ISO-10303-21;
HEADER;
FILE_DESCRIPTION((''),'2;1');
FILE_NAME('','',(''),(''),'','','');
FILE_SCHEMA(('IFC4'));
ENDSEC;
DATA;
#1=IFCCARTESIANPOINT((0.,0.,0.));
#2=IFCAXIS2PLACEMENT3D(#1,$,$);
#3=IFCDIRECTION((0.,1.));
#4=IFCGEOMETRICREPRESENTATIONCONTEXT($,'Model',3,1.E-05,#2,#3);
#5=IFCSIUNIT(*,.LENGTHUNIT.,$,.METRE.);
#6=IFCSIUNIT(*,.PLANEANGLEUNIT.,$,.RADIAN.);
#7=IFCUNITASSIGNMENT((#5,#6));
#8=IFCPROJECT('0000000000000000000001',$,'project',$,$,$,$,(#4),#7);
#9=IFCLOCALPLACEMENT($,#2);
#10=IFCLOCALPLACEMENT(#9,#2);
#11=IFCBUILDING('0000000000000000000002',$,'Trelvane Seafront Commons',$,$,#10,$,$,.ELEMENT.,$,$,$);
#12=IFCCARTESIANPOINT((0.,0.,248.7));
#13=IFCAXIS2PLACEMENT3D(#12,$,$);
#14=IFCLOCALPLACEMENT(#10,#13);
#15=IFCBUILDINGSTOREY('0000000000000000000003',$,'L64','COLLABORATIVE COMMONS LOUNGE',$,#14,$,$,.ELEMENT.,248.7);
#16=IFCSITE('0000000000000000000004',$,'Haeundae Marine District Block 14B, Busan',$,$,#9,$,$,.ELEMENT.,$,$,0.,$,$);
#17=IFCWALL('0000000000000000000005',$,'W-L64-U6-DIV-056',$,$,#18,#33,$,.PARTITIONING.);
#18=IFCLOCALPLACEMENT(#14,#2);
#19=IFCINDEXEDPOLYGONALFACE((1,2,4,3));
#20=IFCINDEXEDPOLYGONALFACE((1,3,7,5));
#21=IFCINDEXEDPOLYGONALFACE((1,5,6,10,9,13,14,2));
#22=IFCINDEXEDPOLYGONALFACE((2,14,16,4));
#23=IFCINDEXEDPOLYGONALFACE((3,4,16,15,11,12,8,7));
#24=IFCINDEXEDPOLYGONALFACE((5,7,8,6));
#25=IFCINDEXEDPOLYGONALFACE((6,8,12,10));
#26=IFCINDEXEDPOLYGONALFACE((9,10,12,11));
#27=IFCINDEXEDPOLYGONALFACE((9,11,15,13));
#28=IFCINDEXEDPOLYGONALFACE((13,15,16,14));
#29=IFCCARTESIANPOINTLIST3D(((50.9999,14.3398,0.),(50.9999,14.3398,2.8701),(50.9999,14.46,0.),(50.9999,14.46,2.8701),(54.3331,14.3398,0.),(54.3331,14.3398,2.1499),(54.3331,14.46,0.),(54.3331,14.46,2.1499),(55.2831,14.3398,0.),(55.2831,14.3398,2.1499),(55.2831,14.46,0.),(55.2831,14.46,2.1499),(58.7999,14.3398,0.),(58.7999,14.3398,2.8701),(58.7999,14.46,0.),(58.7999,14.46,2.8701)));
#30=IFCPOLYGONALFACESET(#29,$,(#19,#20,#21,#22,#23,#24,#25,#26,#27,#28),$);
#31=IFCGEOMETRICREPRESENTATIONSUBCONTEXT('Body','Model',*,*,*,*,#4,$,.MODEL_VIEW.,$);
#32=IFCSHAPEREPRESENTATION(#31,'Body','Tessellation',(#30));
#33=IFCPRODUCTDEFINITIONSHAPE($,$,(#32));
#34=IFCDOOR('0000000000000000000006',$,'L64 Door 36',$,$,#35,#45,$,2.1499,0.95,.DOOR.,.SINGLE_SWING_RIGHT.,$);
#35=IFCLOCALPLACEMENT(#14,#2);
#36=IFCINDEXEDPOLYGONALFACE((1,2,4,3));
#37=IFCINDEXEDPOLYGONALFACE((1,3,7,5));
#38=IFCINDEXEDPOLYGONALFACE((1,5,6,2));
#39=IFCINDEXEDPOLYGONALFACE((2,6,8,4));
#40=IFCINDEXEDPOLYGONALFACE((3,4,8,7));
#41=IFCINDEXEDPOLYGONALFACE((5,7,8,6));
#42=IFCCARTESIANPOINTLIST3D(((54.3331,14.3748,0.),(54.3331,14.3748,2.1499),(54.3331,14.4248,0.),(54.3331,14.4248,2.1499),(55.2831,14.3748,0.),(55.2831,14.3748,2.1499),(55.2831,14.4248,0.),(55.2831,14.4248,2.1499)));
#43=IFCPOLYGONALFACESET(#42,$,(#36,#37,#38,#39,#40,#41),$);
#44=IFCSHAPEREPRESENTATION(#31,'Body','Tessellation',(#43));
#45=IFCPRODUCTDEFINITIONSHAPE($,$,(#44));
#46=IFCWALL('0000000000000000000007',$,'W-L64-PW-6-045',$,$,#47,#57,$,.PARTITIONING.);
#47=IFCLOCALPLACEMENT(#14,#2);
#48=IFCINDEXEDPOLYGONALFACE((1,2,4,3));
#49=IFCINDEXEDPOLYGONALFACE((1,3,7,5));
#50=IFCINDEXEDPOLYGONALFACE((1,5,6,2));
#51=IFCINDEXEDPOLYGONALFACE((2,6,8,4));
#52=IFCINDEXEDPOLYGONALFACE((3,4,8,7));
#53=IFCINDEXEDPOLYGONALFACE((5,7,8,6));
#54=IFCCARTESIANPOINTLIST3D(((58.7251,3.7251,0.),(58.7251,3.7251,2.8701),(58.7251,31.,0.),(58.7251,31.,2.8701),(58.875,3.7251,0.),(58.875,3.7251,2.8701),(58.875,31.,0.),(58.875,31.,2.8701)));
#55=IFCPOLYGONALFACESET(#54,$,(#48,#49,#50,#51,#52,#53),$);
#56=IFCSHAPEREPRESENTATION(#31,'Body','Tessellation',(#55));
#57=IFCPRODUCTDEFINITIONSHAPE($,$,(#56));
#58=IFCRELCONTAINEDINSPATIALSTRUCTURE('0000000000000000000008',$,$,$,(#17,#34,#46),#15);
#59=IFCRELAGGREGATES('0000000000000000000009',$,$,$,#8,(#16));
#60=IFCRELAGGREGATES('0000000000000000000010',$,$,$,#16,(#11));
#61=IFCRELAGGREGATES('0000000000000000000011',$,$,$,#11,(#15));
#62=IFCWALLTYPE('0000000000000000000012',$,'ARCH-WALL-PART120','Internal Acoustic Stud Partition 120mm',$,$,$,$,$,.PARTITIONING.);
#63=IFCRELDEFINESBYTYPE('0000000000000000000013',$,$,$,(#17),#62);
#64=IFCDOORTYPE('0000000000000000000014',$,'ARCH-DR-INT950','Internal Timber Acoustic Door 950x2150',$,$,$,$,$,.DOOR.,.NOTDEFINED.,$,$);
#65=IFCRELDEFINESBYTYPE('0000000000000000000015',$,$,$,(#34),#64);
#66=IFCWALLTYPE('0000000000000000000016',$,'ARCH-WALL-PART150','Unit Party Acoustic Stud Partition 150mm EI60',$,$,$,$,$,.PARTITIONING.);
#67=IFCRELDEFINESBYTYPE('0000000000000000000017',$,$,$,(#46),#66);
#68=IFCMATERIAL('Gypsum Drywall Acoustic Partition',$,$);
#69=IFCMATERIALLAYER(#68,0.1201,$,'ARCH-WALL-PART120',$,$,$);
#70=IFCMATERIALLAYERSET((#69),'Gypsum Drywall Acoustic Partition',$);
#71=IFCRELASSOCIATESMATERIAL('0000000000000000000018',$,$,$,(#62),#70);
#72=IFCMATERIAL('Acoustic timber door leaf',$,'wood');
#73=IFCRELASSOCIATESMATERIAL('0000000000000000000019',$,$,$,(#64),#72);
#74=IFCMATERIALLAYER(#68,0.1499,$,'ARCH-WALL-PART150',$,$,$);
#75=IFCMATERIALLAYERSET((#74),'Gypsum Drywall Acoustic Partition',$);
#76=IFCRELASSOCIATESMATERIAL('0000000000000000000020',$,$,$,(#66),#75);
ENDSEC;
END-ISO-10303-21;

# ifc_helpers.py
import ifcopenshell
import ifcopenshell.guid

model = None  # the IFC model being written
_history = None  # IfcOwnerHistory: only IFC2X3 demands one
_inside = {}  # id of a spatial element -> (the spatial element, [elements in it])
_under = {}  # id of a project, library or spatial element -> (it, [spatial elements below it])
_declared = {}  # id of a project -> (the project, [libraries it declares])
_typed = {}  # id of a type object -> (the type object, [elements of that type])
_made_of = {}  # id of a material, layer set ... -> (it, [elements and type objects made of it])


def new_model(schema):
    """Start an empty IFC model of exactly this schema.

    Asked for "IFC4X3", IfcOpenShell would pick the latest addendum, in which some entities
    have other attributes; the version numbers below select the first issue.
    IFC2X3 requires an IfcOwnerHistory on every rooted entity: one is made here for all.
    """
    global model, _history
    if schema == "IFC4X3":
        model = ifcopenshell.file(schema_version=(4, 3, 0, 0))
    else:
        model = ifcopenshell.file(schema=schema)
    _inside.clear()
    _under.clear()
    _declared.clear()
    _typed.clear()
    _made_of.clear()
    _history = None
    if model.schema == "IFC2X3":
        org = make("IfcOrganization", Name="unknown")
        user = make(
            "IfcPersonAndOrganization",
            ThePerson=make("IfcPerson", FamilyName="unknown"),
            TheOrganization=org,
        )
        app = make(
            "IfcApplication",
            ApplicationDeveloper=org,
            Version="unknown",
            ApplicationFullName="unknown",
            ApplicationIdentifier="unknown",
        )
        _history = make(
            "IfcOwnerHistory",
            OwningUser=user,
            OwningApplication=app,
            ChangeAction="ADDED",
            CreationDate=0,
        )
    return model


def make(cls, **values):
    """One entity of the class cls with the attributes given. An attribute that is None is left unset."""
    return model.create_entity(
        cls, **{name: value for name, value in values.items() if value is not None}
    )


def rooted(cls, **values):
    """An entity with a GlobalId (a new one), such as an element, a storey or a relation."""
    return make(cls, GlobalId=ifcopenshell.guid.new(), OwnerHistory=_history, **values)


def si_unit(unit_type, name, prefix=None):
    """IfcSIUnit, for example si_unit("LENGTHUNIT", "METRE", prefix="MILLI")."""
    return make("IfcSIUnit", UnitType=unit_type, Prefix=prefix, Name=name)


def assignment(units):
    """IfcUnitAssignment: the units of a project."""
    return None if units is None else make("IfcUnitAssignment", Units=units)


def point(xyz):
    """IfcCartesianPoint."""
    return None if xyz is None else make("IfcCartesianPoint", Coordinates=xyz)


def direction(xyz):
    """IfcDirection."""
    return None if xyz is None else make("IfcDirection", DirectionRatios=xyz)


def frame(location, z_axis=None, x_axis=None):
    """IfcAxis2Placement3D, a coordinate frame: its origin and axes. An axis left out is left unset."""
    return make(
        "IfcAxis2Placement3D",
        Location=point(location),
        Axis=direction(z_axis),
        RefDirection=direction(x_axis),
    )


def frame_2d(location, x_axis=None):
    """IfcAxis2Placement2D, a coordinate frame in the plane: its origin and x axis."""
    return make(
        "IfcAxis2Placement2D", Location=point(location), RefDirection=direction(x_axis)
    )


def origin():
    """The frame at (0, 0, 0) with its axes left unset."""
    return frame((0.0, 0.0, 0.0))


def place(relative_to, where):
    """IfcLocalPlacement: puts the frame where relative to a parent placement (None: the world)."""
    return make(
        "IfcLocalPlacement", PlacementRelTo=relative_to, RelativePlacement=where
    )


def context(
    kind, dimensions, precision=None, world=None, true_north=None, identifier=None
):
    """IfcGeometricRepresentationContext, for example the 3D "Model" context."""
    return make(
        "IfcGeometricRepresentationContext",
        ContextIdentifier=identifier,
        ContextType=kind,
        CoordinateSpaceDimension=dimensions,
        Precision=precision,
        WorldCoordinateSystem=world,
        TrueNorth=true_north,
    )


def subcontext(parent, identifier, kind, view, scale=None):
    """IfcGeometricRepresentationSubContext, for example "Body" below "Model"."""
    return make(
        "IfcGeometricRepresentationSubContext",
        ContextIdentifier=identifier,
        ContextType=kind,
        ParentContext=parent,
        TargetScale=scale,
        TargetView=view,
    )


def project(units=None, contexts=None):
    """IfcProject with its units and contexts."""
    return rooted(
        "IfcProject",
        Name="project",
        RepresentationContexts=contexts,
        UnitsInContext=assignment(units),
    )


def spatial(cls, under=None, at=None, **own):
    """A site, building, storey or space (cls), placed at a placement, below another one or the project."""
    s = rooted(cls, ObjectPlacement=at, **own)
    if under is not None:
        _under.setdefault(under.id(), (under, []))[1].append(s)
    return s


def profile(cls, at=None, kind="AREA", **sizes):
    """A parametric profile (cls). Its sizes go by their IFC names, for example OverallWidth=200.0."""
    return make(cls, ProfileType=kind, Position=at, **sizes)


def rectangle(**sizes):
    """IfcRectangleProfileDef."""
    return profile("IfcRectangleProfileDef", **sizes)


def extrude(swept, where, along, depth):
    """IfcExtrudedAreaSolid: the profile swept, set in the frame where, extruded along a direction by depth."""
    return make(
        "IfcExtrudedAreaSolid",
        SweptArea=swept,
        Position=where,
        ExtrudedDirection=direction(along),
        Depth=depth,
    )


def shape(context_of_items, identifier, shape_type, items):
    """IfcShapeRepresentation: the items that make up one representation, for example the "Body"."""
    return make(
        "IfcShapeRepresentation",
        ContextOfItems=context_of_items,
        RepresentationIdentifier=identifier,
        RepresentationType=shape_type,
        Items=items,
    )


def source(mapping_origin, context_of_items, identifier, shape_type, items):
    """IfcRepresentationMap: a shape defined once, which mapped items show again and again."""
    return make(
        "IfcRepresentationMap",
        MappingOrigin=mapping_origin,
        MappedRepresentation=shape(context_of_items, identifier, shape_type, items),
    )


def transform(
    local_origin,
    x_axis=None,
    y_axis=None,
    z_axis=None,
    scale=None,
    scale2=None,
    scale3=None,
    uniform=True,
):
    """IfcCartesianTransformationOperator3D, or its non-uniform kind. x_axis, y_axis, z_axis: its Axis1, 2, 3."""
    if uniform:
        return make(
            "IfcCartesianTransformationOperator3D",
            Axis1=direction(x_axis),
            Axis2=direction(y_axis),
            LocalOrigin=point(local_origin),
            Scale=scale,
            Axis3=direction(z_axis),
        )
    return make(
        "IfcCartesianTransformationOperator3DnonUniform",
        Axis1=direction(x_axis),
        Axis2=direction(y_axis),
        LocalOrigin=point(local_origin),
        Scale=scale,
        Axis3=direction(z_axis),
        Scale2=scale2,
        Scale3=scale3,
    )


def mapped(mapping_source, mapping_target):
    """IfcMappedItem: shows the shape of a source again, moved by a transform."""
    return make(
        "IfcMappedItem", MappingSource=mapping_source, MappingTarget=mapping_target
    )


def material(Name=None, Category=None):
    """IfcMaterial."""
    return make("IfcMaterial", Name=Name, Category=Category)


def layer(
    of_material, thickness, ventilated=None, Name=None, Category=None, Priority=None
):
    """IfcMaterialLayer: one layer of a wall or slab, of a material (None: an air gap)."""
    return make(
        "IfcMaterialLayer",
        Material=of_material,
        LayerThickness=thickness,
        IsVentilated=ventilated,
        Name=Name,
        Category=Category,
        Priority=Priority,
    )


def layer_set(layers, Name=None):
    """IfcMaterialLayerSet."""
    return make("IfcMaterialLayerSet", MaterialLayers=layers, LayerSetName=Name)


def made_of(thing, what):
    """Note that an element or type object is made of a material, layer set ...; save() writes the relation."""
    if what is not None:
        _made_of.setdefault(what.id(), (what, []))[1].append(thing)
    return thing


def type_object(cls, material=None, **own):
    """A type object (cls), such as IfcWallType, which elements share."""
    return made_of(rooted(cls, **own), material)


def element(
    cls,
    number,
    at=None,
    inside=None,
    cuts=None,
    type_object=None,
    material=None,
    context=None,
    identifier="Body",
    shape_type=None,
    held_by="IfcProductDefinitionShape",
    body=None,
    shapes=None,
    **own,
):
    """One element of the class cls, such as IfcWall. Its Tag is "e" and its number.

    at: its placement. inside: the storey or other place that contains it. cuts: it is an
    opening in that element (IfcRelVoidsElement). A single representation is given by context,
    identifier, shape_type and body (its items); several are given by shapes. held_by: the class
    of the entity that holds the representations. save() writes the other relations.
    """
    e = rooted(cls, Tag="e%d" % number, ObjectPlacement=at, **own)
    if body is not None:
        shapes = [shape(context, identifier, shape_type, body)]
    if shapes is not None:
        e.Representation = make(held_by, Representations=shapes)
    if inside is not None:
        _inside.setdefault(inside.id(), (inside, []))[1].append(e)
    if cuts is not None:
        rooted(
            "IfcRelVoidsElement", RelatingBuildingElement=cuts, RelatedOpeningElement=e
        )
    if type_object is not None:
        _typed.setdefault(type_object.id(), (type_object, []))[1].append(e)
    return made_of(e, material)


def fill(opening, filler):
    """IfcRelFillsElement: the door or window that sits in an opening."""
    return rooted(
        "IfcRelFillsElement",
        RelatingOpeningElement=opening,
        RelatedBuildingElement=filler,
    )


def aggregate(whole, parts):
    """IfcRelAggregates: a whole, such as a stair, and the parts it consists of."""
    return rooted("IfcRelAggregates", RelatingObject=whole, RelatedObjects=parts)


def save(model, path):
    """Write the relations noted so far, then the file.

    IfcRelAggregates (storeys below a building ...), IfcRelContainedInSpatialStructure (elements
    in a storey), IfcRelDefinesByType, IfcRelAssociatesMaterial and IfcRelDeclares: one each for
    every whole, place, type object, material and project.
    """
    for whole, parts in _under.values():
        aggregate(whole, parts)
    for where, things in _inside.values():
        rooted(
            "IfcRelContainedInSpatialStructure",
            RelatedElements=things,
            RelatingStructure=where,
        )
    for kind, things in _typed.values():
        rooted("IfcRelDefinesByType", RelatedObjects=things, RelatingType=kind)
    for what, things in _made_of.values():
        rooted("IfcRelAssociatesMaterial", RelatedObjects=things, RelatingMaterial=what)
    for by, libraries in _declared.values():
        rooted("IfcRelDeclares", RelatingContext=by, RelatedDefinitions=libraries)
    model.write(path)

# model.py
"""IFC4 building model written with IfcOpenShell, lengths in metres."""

from ifc_helpers import new_model, si_unit, direction, frame, frame_2d, origin, place, context, subcontext, project, spatial, rectangle, extrude, source, transform, mapped, material, layer, layer_set, type_object, element, fill, save


model = new_model("IFC4")

# Units and contexts
model_context = context("Model", 3, precision=1e-05, world=origin(), true_north=direction((0.0, 1.0)))
body_context = subcontext(model_context, "Body", "Model", "MODEL_VIEW")
ifc_project = project(units=[si_unit("LENGTHUNIT", "METRE"), si_unit("PLANEANGLEUNIT", "RADIAN")], contexts=[model_context])

# Site, building, storey
site_placement = place(None, origin())
site = spatial("IfcSite", under=ifc_project, at=site_placement, Name="Haeundae Marine District Block 14B, Busan", CompositionType="ELEMENT", RefElevation=0.0)
building_placement = place(site_placement, origin())
building = spatial("IfcBuilding", under=site, at=building_placement, Name="Trelvane Seafront Commons", CompositionType="ELEMENT")
storey_placement = place(building_placement, frame((0.0, 0.0, 248.7)))
storey = spatial("IfcBuildingStorey", under=building, at=storey_placement, Name="L64", Description="COLLABORATIVE COMMONS LOUNGE", CompositionType="ELEMENT", Elevation=248.7)

# Wall, opening, door
ifc_material_1 = material(Name="Gypsum Drywall Acoustic Partition")
ifc_layer_1 = layer(ifc_material_1, 0.1201, Name="ARCH-WALL-PART120")
ifc_layer_set_1 = layer_set([ifc_layer_1], Name="Gypsum Drywall Acoustic Partition")
wall_type_1 = type_object("IfcWallType", Name="ARCH-WALL-PART120", Description="Internal Acoustic Stud Partition 120mm", PredefinedType="PARTITIONING", material=ifc_layer_set_1)
wall_1_placement = place(storey_placement, frame((51.0, 14.3999, 0.0), z_axis=(0.0, 0.0, 1.0), x_axis=(1.0, 0.0, 0.0)))
wall_1 = element("IfcWall", 1, at=wall_1_placement, inside=storey, type_object=wall_type_1, Name="W-L64-U6-DIV-056", PredefinedType="PARTITIONING", context=body_context, shape_type="SweptSolid", body=[
    extrude(rectangle(XDim=7.8, YDim=0.1201, at=frame_2d((3.8999, 0.0))), origin(), (0.0, 0.0, 1.0), 2.8701),
])
opening_1_placement = place(wall_1_placement, frame((3.333, 0.0, 0.0)))
opening_1 = element("IfcOpeningElement", 2, at=opening_1_placement, cuts=wall_1, PredefinedType="OPENING", context=body_context, shape_type="SweptSolid", body=[
    extrude(rectangle(XDim=0.95, YDim=2.1499, at=frame_2d((0.4751, 1.075))), frame((0.0, 0.0701, 0.0), z_axis=(0.0, -1.0, 0.0), x_axis=(1.0, 0.0, 0.0)), (0.0, 0.0, 1.0), 0.1401),
])
ifc_material_2 = material(Name="Acoustic timber door leaf", Category="wood")
door_type_1 = type_object("IfcDoorType", Name="ARCH-DR-INT950", Description="Internal Timber Acoustic Door 950x2150", OperationType="NOTDEFINED", PredefinedType="DOOR", material=ifc_material_2)
shared_shape_1 = source(origin(), body_context, "Body", "SweptSolid", [
    extrude(rectangle(XDim=0.95, YDim=2.1499, at=frame_2d((0.4751, 1.075))), frame((0.0, 0.0249, 0.0), z_axis=(0.0, -1.0, 0.0), x_axis=(1.0, 0.0, 0.0)), (0.0, 0.0, 1.0), 0.05),
])
door_1_placement = place(opening_1_placement, origin())
door_1 = element("IfcDoor", 3, at=door_1_placement, inside=storey, type_object=door_type_1, Name="L64 Door 36", OperationType="SINGLE_SWING_RIGHT", OverallHeight=2.1499, OverallWidth=0.95, PredefinedType="DOOR", context=body_context, shape_type="MappedRepresentation", body=[
    mapped(shared_shape_1, transform((0.0, 0.0, 0.0), x_axis=(1.0, 0.0, 0.0), y_axis=(0.0, 1.0, 0.0), z_axis=(0.0, 0.0, 1.0), scale=1.0)),
])
fill(opening_1, door_1)

# Wall
ifc_layer_2 = layer(ifc_material_1, 0.1499, Name="ARCH-WALL-PART150")
ifc_layer_set_2 = layer_set([ifc_layer_2], Name="Gypsum Drywall Acoustic Partition")
wall_type_2 = type_object("IfcWallType", Name="ARCH-WALL-PART150", Description="Unit Party Acoustic Stud Partition 150mm EI60", PredefinedType="PARTITIONING", material=ifc_layer_set_2)
wall_2_placement = place(storey_placement, frame((58.8, 3.7251, 0.0), z_axis=(0.0, 0.0, 1.0), x_axis=(0.0, 1.0, 0.0)))
element("IfcWall", 4, at=wall_2_placement, inside=storey, type_object=wall_type_2, Name="W-L64-PW-6-045", PredefinedType="PARTITIONING", context=body_context, shape_type="SweptSolid", body=[
    extrude(rectangle(XDim=27.2749, YDim=0.1499, at=frame_2d((13.6375, 0.0))), origin(), (0.0, 0.0, 1.0), 2.8701),
])

save(model, "model.ifc")
